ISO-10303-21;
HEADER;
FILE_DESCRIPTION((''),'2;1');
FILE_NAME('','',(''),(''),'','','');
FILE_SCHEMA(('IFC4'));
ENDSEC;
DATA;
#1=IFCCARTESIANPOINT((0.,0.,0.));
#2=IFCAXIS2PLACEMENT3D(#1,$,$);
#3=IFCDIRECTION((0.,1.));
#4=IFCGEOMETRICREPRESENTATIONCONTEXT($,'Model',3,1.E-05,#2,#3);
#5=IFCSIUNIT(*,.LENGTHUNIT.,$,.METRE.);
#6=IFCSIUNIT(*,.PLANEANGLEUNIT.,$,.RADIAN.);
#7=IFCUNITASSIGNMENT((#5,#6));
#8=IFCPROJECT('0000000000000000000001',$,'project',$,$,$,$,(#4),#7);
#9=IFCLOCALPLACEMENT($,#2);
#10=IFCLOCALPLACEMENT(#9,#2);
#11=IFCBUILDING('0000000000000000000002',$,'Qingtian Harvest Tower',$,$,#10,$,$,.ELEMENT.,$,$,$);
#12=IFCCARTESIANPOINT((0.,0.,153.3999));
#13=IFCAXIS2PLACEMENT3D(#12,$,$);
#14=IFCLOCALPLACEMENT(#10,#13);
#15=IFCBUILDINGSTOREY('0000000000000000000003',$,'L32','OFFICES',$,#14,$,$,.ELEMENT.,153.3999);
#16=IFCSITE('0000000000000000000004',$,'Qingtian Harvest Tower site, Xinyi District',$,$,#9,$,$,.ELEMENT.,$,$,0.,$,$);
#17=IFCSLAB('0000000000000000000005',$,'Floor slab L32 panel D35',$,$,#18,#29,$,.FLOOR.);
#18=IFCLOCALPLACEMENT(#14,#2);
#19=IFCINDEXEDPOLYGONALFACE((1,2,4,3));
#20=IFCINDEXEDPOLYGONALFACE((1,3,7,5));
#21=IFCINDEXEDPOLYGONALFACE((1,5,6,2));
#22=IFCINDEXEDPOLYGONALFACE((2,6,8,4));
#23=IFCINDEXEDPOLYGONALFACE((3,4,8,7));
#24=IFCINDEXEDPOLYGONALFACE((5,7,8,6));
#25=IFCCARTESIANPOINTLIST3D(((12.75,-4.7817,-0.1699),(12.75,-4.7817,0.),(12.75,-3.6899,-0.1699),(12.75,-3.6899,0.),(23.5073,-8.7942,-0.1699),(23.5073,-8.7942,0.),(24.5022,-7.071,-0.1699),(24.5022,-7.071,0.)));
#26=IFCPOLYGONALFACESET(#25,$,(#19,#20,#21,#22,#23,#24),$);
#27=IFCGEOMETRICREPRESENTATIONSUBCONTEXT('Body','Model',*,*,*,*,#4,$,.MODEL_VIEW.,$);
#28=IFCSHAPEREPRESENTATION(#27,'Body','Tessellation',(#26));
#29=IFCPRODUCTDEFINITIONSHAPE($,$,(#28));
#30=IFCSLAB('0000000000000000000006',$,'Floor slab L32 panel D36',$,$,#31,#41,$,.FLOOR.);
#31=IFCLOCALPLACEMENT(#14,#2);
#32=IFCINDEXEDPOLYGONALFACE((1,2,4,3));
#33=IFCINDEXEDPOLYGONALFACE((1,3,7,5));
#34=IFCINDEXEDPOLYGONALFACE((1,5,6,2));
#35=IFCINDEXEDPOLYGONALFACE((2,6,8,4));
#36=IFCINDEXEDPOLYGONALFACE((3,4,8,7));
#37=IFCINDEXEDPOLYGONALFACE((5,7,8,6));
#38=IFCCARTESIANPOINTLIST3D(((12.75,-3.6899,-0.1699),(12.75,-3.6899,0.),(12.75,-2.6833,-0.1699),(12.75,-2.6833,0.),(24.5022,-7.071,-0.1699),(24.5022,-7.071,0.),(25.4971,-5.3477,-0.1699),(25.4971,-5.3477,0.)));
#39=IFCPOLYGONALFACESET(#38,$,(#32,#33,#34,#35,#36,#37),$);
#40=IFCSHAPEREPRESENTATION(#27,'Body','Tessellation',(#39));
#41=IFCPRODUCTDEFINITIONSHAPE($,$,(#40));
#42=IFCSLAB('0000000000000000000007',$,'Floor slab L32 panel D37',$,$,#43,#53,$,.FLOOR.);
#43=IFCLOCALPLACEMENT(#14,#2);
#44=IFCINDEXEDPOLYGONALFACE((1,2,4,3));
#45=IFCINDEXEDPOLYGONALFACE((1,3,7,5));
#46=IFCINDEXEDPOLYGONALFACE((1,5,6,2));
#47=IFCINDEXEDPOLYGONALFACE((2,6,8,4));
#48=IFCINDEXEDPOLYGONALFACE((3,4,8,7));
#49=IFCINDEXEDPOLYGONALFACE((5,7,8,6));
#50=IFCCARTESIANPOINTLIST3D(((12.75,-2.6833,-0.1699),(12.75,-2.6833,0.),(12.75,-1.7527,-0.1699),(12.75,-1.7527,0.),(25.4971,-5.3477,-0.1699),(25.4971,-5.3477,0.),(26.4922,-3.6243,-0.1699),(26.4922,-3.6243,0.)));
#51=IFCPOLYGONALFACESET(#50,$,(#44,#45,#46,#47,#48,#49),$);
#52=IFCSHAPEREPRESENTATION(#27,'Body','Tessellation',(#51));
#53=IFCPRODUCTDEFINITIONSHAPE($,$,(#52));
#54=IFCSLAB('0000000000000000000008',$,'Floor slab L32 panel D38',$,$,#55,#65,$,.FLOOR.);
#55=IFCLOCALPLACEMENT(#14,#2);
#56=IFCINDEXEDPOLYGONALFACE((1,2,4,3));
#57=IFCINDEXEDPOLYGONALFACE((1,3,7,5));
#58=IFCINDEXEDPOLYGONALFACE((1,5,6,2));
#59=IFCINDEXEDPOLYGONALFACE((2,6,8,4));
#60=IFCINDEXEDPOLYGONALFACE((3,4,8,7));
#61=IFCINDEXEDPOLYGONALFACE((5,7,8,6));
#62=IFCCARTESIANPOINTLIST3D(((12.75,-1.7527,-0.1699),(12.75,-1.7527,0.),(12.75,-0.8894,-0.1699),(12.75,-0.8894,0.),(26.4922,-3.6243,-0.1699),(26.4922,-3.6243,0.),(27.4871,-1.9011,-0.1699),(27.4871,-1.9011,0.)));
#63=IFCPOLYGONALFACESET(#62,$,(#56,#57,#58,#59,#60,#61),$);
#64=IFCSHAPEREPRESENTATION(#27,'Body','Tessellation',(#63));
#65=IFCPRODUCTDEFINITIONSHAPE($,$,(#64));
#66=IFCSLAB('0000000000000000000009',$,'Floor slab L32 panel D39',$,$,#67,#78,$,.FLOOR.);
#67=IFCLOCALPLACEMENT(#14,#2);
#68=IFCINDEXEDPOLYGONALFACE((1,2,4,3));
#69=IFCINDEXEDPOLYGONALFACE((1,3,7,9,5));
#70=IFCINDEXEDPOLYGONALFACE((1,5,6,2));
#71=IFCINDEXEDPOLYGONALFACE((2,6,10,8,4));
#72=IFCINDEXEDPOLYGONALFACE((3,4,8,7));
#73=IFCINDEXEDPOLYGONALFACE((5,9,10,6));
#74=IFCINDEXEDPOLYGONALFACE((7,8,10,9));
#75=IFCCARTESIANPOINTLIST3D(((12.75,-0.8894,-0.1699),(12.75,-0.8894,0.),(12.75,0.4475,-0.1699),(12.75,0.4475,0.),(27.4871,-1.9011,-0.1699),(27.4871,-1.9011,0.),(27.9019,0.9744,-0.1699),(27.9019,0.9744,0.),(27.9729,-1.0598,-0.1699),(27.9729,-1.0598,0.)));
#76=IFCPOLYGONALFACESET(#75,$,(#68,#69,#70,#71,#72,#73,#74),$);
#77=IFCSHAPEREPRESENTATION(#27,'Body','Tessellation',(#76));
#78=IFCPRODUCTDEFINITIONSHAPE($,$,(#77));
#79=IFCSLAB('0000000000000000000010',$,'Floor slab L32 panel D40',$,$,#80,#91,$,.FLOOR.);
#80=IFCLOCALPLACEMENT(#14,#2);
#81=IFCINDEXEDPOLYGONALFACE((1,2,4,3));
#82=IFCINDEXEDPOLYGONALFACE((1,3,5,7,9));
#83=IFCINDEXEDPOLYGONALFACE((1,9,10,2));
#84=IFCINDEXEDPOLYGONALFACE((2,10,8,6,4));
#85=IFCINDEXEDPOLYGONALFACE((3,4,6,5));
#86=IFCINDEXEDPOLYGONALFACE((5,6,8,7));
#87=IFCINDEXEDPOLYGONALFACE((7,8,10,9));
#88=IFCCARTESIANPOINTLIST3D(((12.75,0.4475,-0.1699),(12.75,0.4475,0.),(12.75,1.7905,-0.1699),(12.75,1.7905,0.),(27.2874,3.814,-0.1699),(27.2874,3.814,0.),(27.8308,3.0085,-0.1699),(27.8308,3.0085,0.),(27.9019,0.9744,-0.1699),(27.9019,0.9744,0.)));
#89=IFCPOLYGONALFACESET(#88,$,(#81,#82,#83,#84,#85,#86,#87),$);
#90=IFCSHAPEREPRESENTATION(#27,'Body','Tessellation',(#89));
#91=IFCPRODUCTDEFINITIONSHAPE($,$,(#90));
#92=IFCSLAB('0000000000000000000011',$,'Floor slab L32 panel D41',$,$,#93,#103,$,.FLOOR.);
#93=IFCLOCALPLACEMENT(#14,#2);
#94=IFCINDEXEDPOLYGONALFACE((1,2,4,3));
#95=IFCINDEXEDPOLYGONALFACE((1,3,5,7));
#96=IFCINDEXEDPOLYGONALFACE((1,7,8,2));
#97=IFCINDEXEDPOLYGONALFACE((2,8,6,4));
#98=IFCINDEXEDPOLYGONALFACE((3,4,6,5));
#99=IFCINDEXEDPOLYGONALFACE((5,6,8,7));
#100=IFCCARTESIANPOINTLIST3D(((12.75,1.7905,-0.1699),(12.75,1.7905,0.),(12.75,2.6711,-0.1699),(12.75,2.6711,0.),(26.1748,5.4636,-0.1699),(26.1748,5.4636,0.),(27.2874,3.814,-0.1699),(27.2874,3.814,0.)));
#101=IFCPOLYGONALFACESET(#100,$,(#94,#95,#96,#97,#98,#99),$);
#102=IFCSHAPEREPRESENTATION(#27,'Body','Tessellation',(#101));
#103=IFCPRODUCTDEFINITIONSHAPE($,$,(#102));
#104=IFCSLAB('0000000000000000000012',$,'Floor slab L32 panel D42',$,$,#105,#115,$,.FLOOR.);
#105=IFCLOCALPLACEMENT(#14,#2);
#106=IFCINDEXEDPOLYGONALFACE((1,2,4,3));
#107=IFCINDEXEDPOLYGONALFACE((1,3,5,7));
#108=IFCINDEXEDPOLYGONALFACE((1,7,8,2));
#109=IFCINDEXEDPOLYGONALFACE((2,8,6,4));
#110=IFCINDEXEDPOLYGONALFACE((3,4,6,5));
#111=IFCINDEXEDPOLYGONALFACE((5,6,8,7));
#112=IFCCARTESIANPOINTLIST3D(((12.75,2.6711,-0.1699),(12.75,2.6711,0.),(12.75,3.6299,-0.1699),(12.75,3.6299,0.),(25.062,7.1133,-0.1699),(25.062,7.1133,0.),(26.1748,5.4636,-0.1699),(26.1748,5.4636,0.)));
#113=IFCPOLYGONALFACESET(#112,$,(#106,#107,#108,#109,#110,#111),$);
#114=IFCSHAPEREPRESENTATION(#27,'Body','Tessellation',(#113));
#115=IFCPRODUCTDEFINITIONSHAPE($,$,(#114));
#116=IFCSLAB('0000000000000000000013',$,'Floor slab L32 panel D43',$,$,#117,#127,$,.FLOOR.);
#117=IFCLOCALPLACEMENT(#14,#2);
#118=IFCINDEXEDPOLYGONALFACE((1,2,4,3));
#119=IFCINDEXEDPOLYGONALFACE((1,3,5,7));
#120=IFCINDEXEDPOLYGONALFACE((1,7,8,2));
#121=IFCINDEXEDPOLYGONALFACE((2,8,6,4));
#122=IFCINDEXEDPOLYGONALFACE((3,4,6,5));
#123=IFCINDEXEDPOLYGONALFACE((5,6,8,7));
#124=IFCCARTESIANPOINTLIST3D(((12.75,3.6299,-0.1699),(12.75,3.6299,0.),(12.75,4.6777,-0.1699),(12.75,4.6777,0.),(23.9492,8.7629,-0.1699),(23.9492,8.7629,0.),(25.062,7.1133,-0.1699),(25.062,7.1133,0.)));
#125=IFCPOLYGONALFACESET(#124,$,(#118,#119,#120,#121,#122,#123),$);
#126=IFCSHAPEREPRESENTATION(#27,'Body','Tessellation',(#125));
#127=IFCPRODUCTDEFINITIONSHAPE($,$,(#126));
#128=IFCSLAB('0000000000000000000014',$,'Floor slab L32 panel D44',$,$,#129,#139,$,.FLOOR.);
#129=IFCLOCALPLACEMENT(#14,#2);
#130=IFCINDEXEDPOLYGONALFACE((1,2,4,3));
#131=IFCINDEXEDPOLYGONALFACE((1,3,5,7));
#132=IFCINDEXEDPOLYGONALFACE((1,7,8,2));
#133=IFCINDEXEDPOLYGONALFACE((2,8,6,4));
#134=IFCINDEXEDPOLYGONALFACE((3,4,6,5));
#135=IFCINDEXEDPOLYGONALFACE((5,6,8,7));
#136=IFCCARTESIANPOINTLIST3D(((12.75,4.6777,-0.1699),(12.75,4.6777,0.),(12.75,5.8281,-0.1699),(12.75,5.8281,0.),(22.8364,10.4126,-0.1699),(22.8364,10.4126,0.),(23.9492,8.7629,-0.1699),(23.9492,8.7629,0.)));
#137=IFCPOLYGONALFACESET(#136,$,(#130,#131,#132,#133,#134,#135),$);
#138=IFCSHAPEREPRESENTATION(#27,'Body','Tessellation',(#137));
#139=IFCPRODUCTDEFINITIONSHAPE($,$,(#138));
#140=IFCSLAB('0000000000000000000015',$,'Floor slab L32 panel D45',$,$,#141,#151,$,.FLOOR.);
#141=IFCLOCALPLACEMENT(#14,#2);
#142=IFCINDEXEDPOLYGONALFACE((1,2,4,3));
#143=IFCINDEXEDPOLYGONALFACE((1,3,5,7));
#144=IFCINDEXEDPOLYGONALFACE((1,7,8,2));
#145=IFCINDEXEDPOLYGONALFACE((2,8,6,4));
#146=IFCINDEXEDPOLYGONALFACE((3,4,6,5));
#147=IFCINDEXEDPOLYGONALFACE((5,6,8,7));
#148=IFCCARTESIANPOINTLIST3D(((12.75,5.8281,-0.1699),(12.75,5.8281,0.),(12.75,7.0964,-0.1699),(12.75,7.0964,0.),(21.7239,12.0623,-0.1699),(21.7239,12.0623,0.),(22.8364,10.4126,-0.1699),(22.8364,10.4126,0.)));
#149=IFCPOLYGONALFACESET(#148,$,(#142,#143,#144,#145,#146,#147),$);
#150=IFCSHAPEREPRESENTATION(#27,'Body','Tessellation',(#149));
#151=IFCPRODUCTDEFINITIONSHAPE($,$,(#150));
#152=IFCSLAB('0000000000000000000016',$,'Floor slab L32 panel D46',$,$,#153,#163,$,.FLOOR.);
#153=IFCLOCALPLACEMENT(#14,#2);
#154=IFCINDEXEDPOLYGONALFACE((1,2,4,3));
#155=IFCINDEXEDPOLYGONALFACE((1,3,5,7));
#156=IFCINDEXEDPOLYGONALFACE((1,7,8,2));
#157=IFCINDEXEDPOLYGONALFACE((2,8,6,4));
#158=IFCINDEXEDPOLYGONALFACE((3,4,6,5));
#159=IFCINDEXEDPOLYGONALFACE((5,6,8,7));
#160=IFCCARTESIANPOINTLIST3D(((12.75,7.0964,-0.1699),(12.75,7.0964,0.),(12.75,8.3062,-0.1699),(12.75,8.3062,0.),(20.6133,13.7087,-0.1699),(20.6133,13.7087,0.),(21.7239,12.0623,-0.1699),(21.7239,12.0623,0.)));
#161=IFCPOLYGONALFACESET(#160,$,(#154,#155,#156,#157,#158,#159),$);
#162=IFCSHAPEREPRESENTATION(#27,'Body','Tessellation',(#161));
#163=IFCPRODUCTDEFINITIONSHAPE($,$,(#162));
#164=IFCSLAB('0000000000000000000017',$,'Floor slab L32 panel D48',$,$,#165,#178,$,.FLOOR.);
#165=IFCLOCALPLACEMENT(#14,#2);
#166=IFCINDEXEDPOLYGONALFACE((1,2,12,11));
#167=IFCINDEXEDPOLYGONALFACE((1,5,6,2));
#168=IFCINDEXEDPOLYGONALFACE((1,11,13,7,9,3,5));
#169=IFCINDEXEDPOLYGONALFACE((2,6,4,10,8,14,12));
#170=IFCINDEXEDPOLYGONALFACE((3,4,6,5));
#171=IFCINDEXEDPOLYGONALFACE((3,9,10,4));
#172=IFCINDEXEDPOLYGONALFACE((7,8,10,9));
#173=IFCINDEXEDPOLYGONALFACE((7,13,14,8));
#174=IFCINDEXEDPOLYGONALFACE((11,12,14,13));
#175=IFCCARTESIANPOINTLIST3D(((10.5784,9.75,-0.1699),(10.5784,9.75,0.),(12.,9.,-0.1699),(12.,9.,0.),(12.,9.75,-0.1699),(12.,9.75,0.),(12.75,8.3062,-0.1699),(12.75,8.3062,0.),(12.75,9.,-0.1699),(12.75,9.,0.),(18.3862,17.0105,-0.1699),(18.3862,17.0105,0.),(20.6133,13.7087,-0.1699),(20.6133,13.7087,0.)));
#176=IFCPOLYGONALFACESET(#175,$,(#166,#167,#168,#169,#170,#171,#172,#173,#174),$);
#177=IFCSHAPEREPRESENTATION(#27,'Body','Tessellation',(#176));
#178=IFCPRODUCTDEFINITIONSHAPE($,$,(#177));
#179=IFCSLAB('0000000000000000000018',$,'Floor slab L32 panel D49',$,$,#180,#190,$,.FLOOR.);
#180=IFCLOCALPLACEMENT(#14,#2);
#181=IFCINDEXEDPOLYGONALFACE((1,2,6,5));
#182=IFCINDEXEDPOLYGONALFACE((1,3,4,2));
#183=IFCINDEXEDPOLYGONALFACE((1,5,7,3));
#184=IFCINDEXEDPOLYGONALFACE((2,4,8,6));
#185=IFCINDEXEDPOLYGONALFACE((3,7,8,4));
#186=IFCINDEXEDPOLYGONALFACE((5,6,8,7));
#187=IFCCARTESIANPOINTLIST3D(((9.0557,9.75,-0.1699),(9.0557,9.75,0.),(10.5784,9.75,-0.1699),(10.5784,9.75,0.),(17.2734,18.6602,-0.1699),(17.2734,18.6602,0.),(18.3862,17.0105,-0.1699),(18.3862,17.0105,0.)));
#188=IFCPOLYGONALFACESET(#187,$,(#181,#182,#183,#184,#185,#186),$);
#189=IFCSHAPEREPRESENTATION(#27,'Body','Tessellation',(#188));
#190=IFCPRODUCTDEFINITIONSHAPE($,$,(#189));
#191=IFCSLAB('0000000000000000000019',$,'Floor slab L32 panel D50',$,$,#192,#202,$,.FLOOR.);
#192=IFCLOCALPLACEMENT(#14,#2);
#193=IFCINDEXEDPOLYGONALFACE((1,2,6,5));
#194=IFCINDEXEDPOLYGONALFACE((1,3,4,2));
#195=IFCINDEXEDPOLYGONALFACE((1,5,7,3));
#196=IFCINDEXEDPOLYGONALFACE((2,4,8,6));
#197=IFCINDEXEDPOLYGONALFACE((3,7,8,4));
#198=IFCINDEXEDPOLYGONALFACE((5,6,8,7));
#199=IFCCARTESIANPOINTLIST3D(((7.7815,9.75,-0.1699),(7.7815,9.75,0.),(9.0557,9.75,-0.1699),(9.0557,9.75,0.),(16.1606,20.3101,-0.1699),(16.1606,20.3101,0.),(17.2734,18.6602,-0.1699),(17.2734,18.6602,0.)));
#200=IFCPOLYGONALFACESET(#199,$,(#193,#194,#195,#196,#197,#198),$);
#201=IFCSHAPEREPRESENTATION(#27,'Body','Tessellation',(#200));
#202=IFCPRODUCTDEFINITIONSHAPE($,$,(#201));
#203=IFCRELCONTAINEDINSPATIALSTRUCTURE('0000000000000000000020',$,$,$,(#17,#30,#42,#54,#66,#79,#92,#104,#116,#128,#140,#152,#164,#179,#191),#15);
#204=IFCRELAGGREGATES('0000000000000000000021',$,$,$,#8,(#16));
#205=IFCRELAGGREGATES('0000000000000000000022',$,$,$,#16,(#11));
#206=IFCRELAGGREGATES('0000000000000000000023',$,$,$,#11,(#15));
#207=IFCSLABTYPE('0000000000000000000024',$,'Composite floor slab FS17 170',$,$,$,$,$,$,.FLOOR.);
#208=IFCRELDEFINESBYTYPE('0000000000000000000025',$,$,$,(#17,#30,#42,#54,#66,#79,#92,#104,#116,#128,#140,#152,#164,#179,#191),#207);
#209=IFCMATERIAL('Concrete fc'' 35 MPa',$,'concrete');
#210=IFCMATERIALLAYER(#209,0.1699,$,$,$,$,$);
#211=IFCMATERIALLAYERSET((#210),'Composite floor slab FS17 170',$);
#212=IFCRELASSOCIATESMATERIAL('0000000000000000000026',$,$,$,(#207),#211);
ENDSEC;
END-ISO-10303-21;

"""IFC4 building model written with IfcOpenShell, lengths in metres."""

from ifc_helpers import new_model, si_unit, direction, frame, origin, place, context, subcontext, project, spatial, polyline, outline, extrude, material, layer, layer_set, type_object, element, save


model = new_model("IFC4")

# Units and contexts
model_context = context("Model", 3, precision=1e-05, world=origin(), true_north=direction((0.0, 1.0)))
body_context = subcontext(model_context, "Body", "Model", "MODEL_VIEW")
ifc_project = project(units=[si_unit("LENGTHUNIT", "METRE"), si_unit("PLANEANGLEUNIT", "RADIAN")], contexts=[model_context])

# Site, building, storey
site_placement = place(None, origin())
site = spatial("IfcSite", under=ifc_project, at=site_placement, Name="Qingtian Harvest Tower site, Xinyi District", CompositionType="ELEMENT", RefElevation=0.0)
building_placement = place(site_placement, origin())
building = spatial("IfcBuilding", under=site, at=building_placement, Name="Qingtian Harvest Tower", CompositionType="ELEMENT")
storey_placement = place(building_placement, frame((0.0, 0.0, 153.3999)))
storey = spatial("IfcBuildingStorey", under=building, at=storey_placement, Name="L32", Description="OFFICES", CompositionType="ELEMENT", Elevation=153.3999)

# Slabs
ifc_material_1 = material(Name="Concrete fc' 35 MPa", Category="concrete")
ifc_layer_1 = layer(ifc_material_1, 0.1699)
ifc_layer_set_1 = layer_set([ifc_layer_1], Name="Composite floor slab FS17 170")
slab_type = type_object("IfcSlabType", Name="Composite floor slab FS17 170", PredefinedType="FLOOR", material=ifc_layer_set_1)
slab_1_placement = place(storey_placement, frame((0.0, 0.0, -0.1699)))
element("IfcSlab", 1, at=slab_1_placement, inside=storey, type_object=slab_type, Name="Floor slab L32 panel D35", PredefinedType="FLOOR", context=body_context, shape_type="SweptSolid", body=[
    extrude(outline(polyline([(12.75, -3.6899), (24.5022, -7.071), (23.5073, -8.7942), (12.75, -4.7817), (12.75, -3.6899)])), origin(), (0.0, 0.0, 1.0), 0.1699),
])
slab_2_placement = place(storey_placement, frame((0.0, 0.0, -0.1699)))
element("IfcSlab", 2, at=slab_2_placement, inside=storey, type_object=slab_type, Name="Floor slab L32 panel D36", PredefinedType="FLOOR", context=body_context, shape_type="SweptSolid", body=[
    extrude(outline(polyline([(12.75, -2.6833), (25.4971, -5.3477), (24.5022, -7.071), (12.75, -3.6899), (12.75, -2.6833)])), origin(), (0.0, 0.0, 1.0), 0.1699),
])
slab_3_placement = place(storey_placement, frame((0.0, 0.0, -0.1699)))
element("IfcSlab", 3, at=slab_3_placement, inside=storey, type_object=slab_type, Name="Floor slab L32 panel D37", PredefinedType="FLOOR", context=body_context, shape_type="SweptSolid", body=[
    extrude(outline(polyline([(12.75, -1.7527), (26.4922, -3.6243), (25.4971, -5.3477), (12.75, -2.6833), (12.75, -1.7527)])), origin(), (0.0, 0.0, 1.0), 0.1699),
])
slab_4_placement = place(storey_placement, frame((0.0, 0.0, -0.1699)))
element("IfcSlab", 4, at=slab_4_placement, inside=storey, type_object=slab_type, Name="Floor slab L32 panel D38", PredefinedType="FLOOR", context=body_context, shape_type="SweptSolid", body=[
    extrude(outline(polyline([(12.75, -0.8894), (27.4871, -1.9011), (26.4922, -3.6243), (12.75, -1.7527), (12.75, -0.8894)])), origin(), (0.0, 0.0, 1.0), 0.1699),
])
slab_5_placement = place(storey_placement, frame((0.0, 0.0, -0.1699)))
element("IfcSlab", 5, at=slab_5_placement, inside=storey, type_object=slab_type, Name="Floor slab L32 panel D39", PredefinedType="FLOOR", context=body_context, shape_type="SweptSolid", body=[
    extrude(outline(polyline([(12.75, -0.8894), (12.75, 0.4475), (27.9019, 0.9744), (27.9729, -1.0598), (27.4871, -1.9011), (12.75, -0.8894)])), origin(), (0.0, 0.0, 1.0), 0.1699),
])
slab_6_placement = place(storey_placement, frame((0.0, 0.0, -0.1699)))
element("IfcSlab", 6, at=slab_6_placement, inside=storey, type_object=slab_type, Name="Floor slab L32 panel D40", PredefinedType="FLOOR", context=body_context, shape_type="SweptSolid", body=[
    extrude(outline(polyline([(12.75, 0.4475), (12.75, 1.7905), (27.2874, 3.814), (27.8308, 3.0085), (27.9019, 0.9744), (12.75, 0.4475)])), origin(), (0.0, 0.0, 1.0), 0.1699),
])
slab_7_placement = place(storey_placement, frame((0.0, 0.0, -0.1699)))
element("IfcSlab", 7, at=slab_7_placement, inside=storey, type_object=slab_type, Name="Floor slab L32 panel D41", PredefinedType="FLOOR", context=body_context, shape_type="SweptSolid", body=[
    extrude(outline(polyline([(12.75, 2.6711), (26.1748, 5.4636), (27.2874, 3.814), (12.75, 1.7905), (12.75, 2.6711)])), origin(), (0.0, 0.0, 1.0), 0.1699),
])
slab_8_placement = place(storey_placement, frame((0.0, 0.0, -0.1699)))
element("IfcSlab", 8, at=slab_8_placement, inside=storey, type_object=slab_type, Name="Floor slab L32 panel D42", PredefinedType="FLOOR", context=body_context, shape_type="SweptSolid", body=[
    extrude(outline(polyline([(12.75, 3.6299), (25.062, 7.1133), (26.1748, 5.4636), (12.75, 2.6711), (12.75, 3.6299)])), origin(), (0.0, 0.0, 1.0), 0.1699),
])
slab_9_placement = place(storey_placement, frame((0.0, 0.0, -0.1699)))
element("IfcSlab", 9, at=slab_9_placement, inside=storey, type_object=slab_type, Name="Floor slab L32 panel D43", PredefinedType="FLOOR", context=body_context, shape_type="SweptSolid", body=[
    extrude(outline(polyline([(12.75, 4.6777), (23.9492, 8.7629), (25.062, 7.1133), (12.75, 3.6299), (12.75, 4.6777)])), origin(), (0.0, 0.0, 1.0), 0.1699),
])
slab_10_placement = place(storey_placement, frame((0.0, 0.0, -0.1699)))
element("IfcSlab", 10, at=slab_10_placement, inside=storey, type_object=slab_type, Name="Floor slab L32 panel D44", PredefinedType="FLOOR", context=body_context, shape_type="SweptSolid", body=[
    extrude(outline(polyline([(12.75, 5.8281), (22.8364, 10.4126), (23.9492, 8.7629), (12.75, 4.6777), (12.75, 5.8281)])), origin(), (0.0, 0.0, 1.0), 0.1699),
])
slab_11_placement = place(storey_placement, frame((0.0, 0.0, -0.1699)))
element("IfcSlab", 11, at=slab_11_placement, inside=storey, type_object=slab_type, Name="Floor slab L32 panel D45", PredefinedType="FLOOR", context=body_context, shape_type="SweptSolid", body=[
    extrude(outline(polyline([(12.75, 7.0964), (21.7239, 12.0623), (22.8364, 10.4126), (12.75, 5.8281), (12.75, 7.0964)])), origin(), (0.0, 0.0, 1.0), 0.1699),
])
slab_12_placement = place(storey_placement, frame((0.0, 0.0, -0.1699)))
element("IfcSlab", 12, at=slab_12_placement, inside=storey, type_object=slab_type, Name="Floor slab L32 panel D46", PredefinedType="FLOOR", context=body_context, shape_type="SweptSolid", body=[
    extrude(outline(polyline([(12.75, 8.3062), (20.6133, 13.7087), (21.7239, 12.0623), (12.75, 7.0964), (12.75, 8.3062)])), origin(), (0.0, 0.0, 1.0), 0.1699),
])
slab_13_placement = place(storey_placement, frame((0.0, 0.0, -0.1699)))
element("IfcSlab", 13, at=slab_13_placement, inside=storey, type_object=slab_type, Name="Floor slab L32 panel D48", PredefinedType="FLOOR", context=body_context, shape_type="SweptSolid", body=[
    extrude(outline(polyline([(18.3862, 17.0105), (20.6133, 13.7087), (12.75, 8.3062), (12.75, 9.0), (12.0, 9.0), (12.0, 9.75), (10.5784, 9.75), (18.3862, 17.0105)])), origin(), (0.0, 0.0, 1.0), 0.1699),
])
slab_14_placement = place(storey_placement, frame((0.0, 0.0, -0.1699)))
element("IfcSlab", 14, at=slab_14_placement, inside=storey, type_object=slab_type, Name="Floor slab L32 panel D49", PredefinedType="FLOOR", context=body_context, shape_type="SweptSolid", body=[
    extrude(outline(polyline([(9.0557, 9.75), (17.2734, 18.6602), (18.3862, 17.0105), (10.5784, 9.75), (9.0557, 9.75)])), origin(), (0.0, 0.0, 1.0), 0.1699),
])
slab_15_placement = place(storey_placement, frame((0.0, 0.0, -0.1699)))
element("IfcSlab", 15, at=slab_15_placement, inside=storey, type_object=slab_type, Name="Floor slab L32 panel D50", PredefinedType="FLOOR", context=body_context, shape_type="SweptSolid", body=[
    extrude(outline(polyline([(7.7815, 9.75), (16.1606, 20.3101), (17.2734, 18.6602), (9.0557, 9.75), (7.7815, 9.75)])), origin(), (0.0, 0.0, 1.0), 0.1699),
])

save(model, "model.ifc")
